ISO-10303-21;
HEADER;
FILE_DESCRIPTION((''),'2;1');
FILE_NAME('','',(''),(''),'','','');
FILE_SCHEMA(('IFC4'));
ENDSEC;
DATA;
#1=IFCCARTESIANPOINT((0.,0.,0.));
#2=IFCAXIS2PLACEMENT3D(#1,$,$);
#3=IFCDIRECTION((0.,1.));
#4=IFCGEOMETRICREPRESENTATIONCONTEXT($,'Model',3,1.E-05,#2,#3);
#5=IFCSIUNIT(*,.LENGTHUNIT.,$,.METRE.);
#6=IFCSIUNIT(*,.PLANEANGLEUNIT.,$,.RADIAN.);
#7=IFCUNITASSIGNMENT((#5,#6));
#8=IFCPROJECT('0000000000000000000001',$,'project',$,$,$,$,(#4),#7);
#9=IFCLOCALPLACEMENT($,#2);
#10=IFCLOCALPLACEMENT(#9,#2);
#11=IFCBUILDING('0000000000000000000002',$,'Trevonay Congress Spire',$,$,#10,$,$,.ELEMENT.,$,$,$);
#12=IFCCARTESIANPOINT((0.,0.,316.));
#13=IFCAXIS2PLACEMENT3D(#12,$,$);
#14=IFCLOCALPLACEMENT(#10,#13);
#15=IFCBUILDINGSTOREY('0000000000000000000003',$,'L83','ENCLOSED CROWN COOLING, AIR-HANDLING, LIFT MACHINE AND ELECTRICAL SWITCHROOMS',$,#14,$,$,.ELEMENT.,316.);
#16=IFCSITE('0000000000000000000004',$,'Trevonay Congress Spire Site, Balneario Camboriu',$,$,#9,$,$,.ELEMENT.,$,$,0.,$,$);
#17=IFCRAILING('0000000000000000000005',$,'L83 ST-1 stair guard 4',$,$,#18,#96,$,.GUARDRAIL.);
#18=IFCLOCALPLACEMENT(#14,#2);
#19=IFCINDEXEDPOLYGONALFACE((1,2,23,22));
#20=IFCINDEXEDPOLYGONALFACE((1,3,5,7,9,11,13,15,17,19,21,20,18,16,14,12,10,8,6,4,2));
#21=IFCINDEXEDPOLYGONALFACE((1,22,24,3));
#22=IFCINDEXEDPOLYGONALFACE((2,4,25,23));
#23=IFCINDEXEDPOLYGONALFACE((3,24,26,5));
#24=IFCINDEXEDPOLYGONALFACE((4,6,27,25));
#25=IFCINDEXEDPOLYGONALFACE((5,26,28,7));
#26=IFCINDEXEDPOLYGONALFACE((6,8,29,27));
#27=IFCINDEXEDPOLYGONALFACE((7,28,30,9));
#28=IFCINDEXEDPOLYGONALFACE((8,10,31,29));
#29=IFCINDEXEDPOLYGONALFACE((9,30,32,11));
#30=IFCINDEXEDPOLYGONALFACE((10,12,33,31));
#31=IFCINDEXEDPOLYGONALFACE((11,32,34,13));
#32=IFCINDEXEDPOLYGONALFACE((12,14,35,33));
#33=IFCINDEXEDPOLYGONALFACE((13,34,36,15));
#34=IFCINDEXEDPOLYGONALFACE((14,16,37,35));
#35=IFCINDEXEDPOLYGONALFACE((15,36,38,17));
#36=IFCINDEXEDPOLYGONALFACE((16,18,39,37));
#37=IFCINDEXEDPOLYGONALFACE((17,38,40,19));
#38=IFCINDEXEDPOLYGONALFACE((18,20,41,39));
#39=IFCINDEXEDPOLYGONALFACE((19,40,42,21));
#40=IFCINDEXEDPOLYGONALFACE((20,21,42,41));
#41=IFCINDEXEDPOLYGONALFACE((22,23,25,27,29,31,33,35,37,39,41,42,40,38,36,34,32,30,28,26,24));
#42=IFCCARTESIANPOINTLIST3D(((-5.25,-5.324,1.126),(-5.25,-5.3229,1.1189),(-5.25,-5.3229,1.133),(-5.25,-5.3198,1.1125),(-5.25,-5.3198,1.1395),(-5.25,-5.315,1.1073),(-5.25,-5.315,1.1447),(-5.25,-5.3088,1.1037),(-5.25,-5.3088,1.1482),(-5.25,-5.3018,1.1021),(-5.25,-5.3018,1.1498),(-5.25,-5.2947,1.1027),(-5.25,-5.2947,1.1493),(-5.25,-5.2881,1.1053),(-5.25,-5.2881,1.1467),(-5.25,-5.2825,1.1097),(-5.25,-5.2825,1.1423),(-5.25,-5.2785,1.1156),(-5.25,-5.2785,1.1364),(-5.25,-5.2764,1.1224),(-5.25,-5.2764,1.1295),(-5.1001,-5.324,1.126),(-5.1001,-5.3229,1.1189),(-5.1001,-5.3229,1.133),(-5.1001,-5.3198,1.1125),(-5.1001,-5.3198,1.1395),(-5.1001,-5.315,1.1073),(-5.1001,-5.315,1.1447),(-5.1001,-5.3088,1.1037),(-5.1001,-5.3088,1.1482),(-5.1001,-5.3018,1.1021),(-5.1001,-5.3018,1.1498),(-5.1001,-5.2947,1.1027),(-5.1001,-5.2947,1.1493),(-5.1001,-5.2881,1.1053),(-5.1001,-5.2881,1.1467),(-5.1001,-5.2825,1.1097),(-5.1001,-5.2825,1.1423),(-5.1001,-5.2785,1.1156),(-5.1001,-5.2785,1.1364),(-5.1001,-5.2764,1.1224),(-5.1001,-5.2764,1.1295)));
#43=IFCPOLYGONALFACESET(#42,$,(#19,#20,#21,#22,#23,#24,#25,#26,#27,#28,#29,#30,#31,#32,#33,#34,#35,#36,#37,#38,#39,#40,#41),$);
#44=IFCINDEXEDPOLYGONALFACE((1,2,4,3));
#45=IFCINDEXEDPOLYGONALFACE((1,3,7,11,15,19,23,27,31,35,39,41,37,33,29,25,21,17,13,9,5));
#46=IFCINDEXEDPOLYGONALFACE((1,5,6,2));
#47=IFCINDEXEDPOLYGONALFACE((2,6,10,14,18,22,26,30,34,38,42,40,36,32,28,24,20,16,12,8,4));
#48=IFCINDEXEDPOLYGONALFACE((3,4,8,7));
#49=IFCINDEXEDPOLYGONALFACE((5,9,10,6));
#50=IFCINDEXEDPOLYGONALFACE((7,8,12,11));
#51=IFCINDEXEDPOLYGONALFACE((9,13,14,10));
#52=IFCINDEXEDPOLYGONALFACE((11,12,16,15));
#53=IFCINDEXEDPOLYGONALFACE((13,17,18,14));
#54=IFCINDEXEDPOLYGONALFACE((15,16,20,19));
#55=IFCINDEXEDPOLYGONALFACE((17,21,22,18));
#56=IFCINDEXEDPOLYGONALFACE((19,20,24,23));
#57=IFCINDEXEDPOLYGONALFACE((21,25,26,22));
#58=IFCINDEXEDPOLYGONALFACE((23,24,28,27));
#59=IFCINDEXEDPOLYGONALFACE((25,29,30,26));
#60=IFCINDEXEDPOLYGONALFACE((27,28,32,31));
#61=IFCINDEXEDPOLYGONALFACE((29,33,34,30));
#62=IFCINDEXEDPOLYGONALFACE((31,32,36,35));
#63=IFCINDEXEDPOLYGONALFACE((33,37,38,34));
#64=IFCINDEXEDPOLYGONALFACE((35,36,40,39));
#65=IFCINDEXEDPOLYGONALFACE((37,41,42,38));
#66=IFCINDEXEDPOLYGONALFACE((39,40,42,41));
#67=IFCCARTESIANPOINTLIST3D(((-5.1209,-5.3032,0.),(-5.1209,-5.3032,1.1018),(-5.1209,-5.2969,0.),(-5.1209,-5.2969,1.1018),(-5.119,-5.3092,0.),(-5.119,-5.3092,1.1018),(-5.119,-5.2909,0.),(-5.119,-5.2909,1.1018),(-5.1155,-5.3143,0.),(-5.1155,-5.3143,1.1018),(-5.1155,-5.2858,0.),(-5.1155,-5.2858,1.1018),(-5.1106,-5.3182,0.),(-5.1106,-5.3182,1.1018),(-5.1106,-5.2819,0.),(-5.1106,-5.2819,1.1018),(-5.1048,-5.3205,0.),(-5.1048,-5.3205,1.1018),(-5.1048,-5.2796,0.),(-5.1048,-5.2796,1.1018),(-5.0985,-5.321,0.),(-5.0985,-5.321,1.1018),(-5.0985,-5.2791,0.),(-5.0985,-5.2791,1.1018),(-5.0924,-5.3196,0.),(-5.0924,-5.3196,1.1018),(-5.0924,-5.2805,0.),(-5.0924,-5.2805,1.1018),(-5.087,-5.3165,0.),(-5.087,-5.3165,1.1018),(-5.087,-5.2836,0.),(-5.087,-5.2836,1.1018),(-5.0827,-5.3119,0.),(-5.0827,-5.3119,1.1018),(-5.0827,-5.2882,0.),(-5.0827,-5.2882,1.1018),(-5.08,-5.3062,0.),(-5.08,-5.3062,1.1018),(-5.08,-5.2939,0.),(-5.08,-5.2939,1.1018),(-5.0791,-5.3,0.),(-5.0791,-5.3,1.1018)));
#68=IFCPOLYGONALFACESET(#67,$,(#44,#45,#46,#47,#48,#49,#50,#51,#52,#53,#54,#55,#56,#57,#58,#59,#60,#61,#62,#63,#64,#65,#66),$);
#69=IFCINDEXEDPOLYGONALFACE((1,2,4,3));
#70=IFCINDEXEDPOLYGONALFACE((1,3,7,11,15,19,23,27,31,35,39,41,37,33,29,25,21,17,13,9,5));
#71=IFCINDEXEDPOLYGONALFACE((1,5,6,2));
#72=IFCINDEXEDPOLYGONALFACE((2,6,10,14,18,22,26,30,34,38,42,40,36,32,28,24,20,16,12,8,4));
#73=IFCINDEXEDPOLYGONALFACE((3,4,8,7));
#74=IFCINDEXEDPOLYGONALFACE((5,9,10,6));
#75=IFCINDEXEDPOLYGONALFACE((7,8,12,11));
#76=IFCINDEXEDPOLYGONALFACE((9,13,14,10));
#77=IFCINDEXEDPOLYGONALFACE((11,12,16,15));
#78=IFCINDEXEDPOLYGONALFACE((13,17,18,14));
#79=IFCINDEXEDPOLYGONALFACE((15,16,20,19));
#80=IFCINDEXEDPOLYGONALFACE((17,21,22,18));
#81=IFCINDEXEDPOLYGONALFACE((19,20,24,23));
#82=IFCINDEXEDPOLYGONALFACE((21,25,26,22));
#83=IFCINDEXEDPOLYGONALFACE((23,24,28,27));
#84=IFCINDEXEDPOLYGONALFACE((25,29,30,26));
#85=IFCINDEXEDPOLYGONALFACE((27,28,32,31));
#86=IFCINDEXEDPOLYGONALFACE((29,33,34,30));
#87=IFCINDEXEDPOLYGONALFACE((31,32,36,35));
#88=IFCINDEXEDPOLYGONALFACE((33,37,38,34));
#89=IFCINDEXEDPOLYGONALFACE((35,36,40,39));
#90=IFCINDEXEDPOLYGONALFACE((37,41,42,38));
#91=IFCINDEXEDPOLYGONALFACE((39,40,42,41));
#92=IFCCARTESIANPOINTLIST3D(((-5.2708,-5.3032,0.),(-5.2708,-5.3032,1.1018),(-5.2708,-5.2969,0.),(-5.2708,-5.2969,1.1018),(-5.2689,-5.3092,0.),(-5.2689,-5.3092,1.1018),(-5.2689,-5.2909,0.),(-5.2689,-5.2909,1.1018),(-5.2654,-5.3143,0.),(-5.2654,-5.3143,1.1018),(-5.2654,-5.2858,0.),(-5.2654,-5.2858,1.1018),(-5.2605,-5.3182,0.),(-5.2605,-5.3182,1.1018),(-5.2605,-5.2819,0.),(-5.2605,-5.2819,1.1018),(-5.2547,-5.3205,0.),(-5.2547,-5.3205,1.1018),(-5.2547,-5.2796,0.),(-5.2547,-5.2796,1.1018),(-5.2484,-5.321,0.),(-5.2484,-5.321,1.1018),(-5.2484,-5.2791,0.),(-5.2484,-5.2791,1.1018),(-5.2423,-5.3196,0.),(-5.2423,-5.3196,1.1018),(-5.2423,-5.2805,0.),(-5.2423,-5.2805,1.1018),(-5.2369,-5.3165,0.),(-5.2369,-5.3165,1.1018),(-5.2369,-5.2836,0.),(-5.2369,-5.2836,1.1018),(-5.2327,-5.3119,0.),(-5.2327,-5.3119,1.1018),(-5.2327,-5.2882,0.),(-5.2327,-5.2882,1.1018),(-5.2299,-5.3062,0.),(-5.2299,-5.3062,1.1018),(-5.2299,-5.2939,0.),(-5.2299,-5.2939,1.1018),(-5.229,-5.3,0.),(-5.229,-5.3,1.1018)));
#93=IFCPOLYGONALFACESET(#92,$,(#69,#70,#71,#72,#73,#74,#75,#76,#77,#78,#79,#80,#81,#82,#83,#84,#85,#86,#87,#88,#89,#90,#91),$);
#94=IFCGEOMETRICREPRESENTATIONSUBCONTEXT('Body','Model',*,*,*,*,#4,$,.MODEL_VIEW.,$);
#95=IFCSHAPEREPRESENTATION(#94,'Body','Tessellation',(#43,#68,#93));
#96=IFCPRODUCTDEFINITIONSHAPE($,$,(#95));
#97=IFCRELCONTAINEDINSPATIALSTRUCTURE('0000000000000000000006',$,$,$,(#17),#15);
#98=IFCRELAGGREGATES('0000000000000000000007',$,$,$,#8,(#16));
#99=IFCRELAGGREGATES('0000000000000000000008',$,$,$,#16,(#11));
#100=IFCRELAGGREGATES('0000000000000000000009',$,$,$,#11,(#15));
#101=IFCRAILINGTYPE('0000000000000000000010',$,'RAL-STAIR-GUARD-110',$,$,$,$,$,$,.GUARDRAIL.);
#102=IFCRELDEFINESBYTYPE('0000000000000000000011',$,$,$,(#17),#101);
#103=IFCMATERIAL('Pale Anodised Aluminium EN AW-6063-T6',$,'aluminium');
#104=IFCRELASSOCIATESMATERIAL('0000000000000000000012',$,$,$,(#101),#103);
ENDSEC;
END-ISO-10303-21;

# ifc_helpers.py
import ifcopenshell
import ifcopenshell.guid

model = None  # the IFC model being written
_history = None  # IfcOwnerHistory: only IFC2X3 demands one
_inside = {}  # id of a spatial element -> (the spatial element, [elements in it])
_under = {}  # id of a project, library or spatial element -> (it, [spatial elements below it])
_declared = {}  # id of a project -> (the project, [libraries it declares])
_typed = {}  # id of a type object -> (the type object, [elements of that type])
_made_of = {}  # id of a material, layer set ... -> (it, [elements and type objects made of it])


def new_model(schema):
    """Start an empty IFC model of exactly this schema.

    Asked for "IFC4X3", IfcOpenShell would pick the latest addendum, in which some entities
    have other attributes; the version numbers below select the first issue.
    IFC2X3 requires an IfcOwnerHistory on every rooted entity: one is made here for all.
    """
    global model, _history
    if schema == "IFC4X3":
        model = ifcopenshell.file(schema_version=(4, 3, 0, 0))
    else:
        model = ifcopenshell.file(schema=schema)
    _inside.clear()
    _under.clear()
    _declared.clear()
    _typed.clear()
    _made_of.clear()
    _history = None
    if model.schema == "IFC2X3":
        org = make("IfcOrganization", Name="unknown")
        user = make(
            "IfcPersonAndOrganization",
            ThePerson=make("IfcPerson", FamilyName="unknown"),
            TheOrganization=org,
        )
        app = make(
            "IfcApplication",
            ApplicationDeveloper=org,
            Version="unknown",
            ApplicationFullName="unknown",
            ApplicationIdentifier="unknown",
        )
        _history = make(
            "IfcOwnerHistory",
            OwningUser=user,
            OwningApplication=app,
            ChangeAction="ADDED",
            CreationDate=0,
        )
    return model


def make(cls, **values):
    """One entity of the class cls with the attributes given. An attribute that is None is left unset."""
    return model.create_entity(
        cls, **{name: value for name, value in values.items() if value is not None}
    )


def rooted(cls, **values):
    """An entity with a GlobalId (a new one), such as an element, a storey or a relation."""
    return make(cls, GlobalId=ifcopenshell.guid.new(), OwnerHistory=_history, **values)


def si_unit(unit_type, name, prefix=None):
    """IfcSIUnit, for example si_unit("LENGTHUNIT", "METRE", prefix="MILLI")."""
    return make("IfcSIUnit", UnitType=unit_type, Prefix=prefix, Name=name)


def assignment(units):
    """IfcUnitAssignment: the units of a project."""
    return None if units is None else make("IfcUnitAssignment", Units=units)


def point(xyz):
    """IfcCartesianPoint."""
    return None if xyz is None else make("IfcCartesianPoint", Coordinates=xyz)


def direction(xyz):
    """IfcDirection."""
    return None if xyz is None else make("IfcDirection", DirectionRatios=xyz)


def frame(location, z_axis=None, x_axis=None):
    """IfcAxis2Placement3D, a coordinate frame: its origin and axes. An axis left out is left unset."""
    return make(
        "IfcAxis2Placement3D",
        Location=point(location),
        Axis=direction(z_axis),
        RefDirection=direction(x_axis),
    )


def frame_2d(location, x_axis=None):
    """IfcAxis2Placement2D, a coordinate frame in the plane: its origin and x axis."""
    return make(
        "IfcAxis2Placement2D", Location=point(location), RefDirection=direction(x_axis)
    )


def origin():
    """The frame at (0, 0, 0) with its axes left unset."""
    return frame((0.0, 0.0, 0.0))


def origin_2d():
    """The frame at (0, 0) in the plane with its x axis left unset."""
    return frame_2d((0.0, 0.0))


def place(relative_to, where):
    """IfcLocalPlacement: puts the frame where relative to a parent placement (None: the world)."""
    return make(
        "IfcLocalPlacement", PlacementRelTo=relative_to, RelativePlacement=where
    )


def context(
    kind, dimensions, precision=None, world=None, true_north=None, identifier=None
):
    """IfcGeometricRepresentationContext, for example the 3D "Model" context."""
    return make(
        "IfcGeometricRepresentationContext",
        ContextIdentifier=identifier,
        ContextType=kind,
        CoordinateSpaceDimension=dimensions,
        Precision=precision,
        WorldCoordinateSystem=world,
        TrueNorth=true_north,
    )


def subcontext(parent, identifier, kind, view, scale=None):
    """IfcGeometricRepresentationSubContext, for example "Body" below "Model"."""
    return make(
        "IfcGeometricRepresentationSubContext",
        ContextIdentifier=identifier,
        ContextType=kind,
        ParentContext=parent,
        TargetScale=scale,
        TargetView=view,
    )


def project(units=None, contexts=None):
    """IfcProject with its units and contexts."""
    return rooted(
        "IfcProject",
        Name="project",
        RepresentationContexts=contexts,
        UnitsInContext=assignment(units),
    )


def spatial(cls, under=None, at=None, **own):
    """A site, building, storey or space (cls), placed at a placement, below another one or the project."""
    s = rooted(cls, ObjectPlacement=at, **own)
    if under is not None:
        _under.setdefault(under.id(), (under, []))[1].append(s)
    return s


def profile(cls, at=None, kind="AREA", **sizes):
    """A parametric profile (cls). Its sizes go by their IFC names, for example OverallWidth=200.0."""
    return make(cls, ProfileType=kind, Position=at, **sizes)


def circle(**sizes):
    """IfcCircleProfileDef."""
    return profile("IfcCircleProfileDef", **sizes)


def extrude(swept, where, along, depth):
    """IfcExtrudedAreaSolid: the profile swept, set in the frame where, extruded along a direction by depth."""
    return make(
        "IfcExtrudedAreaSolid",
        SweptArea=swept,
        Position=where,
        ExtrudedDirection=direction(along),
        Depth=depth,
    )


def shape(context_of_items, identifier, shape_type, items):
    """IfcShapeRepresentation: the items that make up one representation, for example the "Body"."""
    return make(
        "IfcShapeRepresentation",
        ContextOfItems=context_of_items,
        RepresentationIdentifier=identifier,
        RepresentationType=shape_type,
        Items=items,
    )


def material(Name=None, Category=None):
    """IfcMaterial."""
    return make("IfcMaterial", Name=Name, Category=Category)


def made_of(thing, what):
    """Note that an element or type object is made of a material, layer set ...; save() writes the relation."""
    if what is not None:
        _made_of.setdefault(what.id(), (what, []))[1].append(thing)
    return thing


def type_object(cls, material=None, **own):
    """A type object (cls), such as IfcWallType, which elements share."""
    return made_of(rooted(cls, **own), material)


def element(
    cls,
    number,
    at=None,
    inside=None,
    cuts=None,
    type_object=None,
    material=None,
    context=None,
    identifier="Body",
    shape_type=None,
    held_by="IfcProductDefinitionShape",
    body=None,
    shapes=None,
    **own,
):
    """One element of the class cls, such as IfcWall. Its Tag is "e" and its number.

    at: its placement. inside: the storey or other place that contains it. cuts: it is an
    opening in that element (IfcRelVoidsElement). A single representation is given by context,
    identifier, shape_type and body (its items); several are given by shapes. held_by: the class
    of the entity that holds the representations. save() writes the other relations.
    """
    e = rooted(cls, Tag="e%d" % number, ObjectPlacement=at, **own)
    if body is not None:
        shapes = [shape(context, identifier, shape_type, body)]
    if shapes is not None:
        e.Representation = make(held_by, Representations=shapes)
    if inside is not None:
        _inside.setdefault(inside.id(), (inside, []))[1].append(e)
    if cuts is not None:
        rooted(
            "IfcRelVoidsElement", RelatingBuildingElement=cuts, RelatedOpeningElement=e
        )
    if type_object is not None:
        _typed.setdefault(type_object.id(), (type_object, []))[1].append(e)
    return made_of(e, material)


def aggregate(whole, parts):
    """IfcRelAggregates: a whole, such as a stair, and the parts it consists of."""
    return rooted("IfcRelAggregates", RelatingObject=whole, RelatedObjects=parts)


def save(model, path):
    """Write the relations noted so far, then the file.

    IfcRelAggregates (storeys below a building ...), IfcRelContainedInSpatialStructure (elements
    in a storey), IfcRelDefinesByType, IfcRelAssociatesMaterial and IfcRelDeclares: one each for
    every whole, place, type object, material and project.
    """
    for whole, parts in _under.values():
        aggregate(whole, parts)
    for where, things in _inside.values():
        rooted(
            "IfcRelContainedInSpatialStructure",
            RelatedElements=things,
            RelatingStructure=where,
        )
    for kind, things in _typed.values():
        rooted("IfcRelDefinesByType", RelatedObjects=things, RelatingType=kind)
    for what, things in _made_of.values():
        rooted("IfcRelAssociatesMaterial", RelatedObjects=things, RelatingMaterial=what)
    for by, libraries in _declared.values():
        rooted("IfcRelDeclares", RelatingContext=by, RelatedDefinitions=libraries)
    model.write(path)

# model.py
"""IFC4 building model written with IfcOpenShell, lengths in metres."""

from ifc_helpers import new_model, si_unit, direction, frame, origin, origin_2d, place, context, subcontext, project, spatial, circle, extrude, material, type_object, element, save


model = new_model("IFC4")

# Units and contexts
model_context = context("Model", 3, precision=1e-05, world=origin(), true_north=direction((0.0, 1.0)))
body_context = subcontext(model_context, "Body", "Model", "MODEL_VIEW")
ifc_project = project(units=[si_unit("LENGTHUNIT", "METRE"), si_unit("PLANEANGLEUNIT", "RADIAN")], contexts=[model_context])

# Site, building, storey
site_placement = place(None, origin())
site = spatial("IfcSite", under=ifc_project, at=site_placement, Name="Trevonay Congress Spire Site, Balneario Camboriu", CompositionType="ELEMENT", RefElevation=0.0)
building_placement = place(site_placement, origin())
building = spatial("IfcBuilding", under=site, at=building_placement, Name="Trevonay Congress Spire", CompositionType="ELEMENT")
storey_placement = place(building_placement, frame((0.0, 0.0, 316.0)))
storey = spatial("IfcBuildingStorey", under=building, at=storey_placement, Name="L83", Description="ENCLOSED CROWN COOLING, AIR-HANDLING, LIFT MACHINE AND ELECTRICAL SWITCHROOMS", CompositionType="ELEMENT", Elevation=316.0)

# Railing
ifc_material_1 = material(Name="Pale Anodised Aluminium EN AW-6063-T6", Category="aluminium")
railing_type_1 = type_object("IfcRailingType", Name="RAL-STAIR-GUARD-110", PredefinedType="GUARDRAIL", material=ifc_material_1)
railing_1_placement = place(storey_placement, frame((-5.1001, -5.3, 0.0)))
element("IfcRailing", 1, at=railing_1_placement, inside=storey, type_object=railing_type_1, Name="L83 ST-1 stair guard 4", PredefinedType="GUARDRAIL", context=body_context, shape_type="SweptSolid", body=[
    extrude(circle(Radius=0.0239, at=origin_2d()), frame((0.0, 0.0, 1.126), z_axis=(-1.0, 0.0, 0.0), x_axis=(0.0, -1.0, 0.0)), (0.0, 0.0, 1.0), 0.1499),
    extrude(circle(Radius=0.021, at=origin_2d()), origin(), (0.0, 0.0, 1.0), 1.1018),
    extrude(circle(Radius=0.021, at=origin_2d()), frame((-0.1499, 0.0, 0.0)), (0.0, 0.0, 1.0), 1.1018),
])

save(model, "model.ifc")
